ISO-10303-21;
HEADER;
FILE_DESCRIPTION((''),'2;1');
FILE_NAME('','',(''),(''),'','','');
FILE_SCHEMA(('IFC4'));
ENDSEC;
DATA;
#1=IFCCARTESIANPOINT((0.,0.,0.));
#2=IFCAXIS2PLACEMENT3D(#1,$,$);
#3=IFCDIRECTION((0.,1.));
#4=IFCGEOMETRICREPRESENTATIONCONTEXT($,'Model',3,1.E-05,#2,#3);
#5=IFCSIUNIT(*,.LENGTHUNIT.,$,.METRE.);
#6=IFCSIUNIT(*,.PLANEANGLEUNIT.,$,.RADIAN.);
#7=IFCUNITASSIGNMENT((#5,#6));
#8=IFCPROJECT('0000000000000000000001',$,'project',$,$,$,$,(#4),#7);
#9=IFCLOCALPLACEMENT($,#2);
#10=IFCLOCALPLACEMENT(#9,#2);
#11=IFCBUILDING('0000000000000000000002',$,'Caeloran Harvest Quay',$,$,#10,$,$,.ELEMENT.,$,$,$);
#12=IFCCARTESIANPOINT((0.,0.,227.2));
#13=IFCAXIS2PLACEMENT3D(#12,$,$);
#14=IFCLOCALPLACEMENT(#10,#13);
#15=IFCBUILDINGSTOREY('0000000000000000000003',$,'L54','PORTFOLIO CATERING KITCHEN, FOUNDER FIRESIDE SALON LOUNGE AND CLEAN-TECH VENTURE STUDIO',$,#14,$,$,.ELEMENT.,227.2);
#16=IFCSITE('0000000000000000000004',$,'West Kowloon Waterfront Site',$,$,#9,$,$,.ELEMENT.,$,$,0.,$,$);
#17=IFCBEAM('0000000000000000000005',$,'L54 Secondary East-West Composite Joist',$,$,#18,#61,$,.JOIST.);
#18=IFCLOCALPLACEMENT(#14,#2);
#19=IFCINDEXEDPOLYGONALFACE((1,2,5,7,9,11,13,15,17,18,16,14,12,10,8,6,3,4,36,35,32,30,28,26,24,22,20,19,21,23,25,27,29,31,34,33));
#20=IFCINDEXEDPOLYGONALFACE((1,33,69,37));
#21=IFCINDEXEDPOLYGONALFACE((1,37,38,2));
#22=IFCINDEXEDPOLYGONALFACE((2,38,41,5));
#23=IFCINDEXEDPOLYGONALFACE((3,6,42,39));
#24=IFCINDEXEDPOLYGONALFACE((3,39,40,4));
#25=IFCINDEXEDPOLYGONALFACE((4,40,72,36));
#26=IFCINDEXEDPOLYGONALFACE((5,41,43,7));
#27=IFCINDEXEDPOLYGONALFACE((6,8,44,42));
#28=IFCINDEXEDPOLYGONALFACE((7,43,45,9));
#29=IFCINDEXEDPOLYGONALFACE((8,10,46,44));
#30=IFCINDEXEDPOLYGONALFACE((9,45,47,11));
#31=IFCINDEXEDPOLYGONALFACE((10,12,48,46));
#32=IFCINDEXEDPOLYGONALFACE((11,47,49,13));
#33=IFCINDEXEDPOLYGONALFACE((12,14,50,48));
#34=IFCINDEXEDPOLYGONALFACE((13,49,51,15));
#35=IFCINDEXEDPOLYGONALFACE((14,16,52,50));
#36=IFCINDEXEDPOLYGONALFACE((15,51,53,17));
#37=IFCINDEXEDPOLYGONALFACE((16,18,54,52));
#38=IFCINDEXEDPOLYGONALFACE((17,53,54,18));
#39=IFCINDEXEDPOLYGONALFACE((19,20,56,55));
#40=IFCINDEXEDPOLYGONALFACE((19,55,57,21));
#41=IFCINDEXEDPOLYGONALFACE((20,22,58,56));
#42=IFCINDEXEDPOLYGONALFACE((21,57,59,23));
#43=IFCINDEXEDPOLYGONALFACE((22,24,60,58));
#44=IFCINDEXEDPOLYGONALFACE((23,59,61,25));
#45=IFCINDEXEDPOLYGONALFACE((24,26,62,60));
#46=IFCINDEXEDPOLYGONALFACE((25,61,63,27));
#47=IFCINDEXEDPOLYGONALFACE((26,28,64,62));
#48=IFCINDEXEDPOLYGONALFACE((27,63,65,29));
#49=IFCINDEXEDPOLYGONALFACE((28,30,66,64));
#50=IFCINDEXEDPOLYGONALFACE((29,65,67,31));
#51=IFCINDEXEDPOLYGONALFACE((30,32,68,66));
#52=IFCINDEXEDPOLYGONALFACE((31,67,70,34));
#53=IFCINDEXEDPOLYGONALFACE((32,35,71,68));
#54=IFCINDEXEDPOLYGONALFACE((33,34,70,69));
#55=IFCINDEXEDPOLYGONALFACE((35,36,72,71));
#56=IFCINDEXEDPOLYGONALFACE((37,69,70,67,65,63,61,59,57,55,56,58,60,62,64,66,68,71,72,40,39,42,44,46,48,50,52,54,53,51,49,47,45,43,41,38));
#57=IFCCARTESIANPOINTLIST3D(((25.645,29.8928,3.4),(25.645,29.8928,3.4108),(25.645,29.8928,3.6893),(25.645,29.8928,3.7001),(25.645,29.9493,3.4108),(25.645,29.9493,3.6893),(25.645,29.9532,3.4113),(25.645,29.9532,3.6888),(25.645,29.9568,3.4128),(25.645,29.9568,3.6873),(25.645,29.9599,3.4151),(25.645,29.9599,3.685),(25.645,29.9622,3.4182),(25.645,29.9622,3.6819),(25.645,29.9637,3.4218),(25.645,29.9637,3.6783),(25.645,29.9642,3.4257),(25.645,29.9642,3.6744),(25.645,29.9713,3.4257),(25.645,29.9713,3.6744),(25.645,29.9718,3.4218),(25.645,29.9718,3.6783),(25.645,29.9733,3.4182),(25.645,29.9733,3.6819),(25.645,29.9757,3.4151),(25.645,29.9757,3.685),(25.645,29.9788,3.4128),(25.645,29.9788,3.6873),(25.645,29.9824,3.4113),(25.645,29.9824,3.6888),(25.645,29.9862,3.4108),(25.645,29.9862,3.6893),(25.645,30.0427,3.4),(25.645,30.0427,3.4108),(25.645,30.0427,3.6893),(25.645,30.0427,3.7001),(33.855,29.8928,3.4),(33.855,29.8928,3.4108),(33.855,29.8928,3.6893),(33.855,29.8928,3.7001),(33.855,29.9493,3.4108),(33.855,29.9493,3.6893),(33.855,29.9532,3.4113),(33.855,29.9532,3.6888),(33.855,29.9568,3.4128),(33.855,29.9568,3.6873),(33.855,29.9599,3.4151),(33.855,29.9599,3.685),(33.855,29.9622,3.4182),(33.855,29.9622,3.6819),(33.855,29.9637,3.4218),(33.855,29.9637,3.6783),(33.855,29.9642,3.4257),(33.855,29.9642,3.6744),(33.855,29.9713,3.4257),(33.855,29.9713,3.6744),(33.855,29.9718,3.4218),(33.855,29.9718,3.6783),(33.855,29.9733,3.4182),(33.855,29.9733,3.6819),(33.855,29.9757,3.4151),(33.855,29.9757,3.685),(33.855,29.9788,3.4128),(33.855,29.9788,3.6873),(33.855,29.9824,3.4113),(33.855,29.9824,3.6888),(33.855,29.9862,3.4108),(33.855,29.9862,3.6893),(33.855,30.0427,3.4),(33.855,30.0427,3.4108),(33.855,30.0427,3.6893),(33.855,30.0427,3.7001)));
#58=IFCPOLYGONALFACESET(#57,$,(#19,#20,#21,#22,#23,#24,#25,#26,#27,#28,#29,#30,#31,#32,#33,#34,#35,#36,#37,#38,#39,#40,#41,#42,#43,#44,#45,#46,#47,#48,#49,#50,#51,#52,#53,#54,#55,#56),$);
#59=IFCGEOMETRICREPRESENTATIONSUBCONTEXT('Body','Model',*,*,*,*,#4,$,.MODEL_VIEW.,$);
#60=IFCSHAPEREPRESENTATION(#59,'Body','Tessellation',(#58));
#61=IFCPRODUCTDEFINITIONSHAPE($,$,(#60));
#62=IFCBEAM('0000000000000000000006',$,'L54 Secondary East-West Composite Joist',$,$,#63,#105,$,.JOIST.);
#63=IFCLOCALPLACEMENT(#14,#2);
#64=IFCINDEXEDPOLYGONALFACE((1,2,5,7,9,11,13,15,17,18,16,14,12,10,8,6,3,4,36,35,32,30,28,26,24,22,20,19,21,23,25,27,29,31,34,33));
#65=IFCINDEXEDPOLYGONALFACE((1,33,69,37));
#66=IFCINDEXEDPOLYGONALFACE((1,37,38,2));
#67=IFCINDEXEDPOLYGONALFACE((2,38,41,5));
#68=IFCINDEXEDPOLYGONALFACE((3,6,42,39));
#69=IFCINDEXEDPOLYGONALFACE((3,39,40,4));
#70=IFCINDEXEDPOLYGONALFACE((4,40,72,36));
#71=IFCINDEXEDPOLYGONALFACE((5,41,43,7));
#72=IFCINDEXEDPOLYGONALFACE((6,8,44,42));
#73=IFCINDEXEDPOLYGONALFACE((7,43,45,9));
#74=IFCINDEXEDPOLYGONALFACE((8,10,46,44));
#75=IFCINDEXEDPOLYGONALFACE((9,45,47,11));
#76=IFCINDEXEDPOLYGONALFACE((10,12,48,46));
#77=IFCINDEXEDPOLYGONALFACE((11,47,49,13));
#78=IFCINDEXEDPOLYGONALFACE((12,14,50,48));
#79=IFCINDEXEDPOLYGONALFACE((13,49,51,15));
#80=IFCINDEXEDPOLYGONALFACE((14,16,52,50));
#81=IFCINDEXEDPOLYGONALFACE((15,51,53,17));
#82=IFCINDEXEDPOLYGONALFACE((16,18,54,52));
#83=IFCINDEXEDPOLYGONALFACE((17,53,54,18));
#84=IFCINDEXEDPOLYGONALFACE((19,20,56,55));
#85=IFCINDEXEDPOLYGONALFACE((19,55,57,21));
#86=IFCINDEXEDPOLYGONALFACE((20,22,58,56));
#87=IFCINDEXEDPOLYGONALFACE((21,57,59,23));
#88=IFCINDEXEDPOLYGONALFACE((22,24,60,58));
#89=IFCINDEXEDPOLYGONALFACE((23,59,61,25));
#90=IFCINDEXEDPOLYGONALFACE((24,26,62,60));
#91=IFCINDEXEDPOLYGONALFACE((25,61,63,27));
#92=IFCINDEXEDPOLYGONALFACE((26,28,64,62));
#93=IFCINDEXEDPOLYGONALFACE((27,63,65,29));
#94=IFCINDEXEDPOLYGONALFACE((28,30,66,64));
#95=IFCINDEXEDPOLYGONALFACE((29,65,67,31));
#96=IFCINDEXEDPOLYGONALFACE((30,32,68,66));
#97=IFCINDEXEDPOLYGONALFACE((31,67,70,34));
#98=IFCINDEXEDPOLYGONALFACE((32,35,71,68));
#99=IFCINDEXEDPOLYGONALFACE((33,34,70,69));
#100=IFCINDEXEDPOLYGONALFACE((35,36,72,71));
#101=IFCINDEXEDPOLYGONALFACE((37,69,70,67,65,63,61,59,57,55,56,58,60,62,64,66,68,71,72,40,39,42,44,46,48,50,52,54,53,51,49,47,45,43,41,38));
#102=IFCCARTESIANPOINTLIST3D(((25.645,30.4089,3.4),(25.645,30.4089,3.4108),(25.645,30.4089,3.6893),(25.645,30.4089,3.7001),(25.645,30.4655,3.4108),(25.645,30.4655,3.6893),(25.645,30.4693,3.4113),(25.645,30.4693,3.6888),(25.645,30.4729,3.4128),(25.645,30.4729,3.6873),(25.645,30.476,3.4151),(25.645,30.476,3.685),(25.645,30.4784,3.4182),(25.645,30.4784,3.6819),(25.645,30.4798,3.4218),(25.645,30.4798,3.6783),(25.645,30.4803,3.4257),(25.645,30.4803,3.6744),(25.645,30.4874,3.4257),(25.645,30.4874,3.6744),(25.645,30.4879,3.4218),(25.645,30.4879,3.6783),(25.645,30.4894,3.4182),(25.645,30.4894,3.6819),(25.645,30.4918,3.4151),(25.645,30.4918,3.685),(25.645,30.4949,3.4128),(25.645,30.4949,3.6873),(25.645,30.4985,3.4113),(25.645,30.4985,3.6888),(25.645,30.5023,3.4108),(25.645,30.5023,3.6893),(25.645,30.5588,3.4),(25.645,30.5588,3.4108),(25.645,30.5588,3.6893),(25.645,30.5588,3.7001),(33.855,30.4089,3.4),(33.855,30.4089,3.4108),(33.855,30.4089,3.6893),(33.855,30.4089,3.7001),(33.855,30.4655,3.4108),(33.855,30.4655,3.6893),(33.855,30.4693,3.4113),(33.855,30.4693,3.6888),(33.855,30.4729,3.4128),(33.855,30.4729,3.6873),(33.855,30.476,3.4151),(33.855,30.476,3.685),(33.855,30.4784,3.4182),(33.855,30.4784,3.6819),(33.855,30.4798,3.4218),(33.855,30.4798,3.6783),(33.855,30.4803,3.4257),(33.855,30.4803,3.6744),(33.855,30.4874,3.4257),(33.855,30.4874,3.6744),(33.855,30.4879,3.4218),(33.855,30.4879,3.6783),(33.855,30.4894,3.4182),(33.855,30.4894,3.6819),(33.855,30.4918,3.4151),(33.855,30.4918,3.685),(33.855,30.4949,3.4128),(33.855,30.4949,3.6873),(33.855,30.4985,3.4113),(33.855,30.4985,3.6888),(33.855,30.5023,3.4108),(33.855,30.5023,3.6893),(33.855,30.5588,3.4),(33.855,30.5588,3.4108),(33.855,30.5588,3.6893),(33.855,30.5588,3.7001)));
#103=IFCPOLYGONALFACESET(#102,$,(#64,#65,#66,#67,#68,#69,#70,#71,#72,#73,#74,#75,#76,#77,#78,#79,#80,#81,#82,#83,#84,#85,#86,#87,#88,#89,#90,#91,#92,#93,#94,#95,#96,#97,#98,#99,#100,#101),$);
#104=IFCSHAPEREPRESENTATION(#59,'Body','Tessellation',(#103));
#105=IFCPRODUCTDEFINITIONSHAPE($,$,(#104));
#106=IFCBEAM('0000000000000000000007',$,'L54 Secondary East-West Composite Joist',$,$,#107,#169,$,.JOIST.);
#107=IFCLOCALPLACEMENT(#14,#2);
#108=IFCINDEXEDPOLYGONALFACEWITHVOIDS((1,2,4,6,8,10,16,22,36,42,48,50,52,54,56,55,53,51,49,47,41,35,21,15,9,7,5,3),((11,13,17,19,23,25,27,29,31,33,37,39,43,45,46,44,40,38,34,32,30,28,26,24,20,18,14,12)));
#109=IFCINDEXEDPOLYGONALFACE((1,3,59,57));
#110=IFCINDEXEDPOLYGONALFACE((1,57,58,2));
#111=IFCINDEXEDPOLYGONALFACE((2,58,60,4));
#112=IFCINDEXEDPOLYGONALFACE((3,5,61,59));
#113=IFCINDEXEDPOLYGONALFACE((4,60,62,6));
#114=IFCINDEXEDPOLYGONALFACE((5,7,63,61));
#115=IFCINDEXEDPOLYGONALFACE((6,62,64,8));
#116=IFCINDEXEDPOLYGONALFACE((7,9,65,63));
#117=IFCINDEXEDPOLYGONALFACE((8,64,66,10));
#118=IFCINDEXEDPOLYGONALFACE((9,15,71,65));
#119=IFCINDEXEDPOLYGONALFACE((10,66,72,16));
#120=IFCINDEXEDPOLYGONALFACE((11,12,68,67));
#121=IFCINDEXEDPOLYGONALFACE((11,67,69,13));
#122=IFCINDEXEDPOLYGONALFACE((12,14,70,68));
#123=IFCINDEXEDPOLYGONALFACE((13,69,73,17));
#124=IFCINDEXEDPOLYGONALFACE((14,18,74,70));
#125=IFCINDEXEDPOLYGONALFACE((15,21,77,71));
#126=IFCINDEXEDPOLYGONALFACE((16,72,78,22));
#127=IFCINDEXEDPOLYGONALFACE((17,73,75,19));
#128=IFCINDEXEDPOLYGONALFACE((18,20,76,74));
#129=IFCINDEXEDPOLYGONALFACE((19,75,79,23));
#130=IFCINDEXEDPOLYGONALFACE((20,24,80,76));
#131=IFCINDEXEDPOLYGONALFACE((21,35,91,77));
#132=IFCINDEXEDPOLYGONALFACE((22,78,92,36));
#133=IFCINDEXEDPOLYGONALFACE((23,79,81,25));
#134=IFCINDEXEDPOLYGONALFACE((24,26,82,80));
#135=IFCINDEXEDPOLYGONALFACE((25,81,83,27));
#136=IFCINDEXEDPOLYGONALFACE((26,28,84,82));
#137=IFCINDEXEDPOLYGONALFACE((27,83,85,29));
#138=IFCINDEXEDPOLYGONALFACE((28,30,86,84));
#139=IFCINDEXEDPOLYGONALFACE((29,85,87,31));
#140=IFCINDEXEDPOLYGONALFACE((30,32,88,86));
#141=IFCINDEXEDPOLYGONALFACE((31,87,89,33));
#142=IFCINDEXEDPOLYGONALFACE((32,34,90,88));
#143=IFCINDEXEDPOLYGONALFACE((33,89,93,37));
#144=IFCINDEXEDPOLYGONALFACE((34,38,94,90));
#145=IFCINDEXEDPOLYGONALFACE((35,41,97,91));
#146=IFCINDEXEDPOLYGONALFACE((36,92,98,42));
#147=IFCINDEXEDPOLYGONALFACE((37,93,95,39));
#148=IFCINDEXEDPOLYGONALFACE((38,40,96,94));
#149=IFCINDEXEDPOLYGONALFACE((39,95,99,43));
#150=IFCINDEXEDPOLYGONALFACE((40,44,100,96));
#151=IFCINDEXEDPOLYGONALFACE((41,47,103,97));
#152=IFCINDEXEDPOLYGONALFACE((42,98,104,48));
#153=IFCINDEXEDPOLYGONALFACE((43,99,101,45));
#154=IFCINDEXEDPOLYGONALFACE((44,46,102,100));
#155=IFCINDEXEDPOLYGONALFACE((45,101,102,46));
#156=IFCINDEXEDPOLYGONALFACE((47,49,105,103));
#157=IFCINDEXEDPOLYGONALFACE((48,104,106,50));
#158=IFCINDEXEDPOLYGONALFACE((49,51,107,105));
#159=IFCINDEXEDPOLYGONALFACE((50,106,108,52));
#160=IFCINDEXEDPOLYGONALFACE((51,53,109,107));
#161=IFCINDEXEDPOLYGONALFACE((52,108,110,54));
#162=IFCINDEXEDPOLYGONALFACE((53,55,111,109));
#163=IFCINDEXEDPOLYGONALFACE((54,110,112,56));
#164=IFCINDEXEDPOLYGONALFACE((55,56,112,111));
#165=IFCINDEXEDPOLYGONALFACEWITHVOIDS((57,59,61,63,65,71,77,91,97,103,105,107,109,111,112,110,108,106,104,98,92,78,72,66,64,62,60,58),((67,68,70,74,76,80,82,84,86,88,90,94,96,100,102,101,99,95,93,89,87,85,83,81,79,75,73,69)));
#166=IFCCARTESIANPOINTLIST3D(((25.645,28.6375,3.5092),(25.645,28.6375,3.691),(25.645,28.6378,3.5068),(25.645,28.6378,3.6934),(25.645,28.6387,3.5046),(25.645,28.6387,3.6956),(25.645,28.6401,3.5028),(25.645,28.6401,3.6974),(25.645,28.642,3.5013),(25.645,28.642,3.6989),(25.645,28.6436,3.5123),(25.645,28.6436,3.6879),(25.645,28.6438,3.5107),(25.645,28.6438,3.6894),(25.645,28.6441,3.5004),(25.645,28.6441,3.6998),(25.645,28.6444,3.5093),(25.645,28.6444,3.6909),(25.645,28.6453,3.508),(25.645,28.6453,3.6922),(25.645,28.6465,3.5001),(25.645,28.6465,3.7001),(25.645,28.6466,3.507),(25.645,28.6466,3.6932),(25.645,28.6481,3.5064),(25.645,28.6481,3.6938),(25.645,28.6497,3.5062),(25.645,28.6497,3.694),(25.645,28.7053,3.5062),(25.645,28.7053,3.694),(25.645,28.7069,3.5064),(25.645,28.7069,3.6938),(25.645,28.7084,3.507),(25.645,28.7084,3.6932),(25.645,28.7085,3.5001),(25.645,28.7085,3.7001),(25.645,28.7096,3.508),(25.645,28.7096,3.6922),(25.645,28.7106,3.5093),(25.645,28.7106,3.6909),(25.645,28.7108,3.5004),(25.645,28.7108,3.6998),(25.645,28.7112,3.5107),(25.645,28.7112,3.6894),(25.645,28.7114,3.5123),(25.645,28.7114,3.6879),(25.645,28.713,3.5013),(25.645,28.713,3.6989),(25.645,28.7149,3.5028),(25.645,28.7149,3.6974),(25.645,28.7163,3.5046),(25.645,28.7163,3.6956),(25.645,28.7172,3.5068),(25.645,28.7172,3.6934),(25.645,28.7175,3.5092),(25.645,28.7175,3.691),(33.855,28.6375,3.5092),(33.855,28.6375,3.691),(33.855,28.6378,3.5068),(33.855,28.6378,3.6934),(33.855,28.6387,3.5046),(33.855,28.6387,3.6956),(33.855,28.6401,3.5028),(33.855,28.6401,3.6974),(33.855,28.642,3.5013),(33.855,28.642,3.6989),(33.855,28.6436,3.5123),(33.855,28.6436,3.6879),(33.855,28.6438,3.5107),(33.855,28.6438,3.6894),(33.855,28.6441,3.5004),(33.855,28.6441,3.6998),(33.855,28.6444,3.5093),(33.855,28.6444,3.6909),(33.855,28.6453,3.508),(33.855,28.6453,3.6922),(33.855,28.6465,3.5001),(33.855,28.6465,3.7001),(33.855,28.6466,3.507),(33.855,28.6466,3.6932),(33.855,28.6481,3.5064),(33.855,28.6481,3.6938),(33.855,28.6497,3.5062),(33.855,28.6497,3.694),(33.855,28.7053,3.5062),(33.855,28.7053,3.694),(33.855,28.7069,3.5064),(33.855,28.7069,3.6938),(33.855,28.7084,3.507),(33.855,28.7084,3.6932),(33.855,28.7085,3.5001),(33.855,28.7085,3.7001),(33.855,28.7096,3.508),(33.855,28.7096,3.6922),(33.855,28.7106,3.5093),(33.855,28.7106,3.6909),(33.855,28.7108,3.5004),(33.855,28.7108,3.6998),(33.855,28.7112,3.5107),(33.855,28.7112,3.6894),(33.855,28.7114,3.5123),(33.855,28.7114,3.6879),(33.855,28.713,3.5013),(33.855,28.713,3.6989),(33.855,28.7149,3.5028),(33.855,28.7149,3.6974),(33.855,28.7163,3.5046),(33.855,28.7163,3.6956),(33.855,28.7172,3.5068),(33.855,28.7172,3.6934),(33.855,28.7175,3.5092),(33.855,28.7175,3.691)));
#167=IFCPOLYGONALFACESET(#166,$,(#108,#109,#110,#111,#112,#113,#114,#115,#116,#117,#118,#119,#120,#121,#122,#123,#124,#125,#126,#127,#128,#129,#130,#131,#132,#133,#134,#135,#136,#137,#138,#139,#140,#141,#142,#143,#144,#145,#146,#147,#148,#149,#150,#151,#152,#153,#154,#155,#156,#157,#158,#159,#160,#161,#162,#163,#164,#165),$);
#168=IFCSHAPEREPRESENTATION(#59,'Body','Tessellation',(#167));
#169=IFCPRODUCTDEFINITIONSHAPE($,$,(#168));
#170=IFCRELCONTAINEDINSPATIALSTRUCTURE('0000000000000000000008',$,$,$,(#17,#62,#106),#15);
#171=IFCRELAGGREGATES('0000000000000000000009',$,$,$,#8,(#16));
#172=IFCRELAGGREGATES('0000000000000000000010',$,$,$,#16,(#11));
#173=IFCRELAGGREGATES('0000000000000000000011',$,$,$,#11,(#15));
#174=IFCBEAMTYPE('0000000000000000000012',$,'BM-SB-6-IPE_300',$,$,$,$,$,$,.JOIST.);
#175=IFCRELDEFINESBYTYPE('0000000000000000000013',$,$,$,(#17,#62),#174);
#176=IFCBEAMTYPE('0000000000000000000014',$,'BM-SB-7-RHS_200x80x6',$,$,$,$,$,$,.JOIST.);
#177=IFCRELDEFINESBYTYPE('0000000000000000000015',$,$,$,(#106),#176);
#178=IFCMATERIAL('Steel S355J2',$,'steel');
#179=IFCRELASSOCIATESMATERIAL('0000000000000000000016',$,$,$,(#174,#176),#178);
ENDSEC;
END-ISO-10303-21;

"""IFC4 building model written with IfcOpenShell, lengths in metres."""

from ifc_helpers import new_model, si_unit, direction, frame, origin, origin_2d, place, context, subcontext, project, spatial, hollow_rectangle, i_section, extrude, material, material_profile, profile_set, type_object, element, save


model = new_model("IFC4")

# Units and contexts
model_context = context("Model", 3, precision=1e-05, world=origin(), true_north=direction((0.0, 1.0)))
body_context = subcontext(model_context, "Body", "Model", "MODEL_VIEW")
ifc_project = project(units=[si_unit("LENGTHUNIT", "METRE"), si_unit("PLANEANGLEUNIT", "RADIAN")], contexts=[model_context])

# Site, building, storey
site_placement = place(None, origin())
site = spatial("IfcSite", under=ifc_project, at=site_placement, Name="West Kowloon Waterfront Site", CompositionType="ELEMENT", RefElevation=0.0)
building_placement = place(site_placement, origin())
building = spatial("IfcBuilding", under=site, at=building_placement, Name="Caeloran Harvest Quay", CompositionType="ELEMENT")
storey_placement = place(building_placement, frame((0.0, 0.0, 227.2)))
storey = spatial("IfcBuildingStorey", under=building, at=storey_placement, Name="L54", Description="PORTFOLIO CATERING KITCHEN, FOUNDER FIRESIDE SALON LOUNGE AND CLEAN-TECH VENTURE STUDIO", CompositionType="ELEMENT", Elevation=227.2)

# Beams
ifc_material_1 = material(Name="Steel S355J2", Category="steel")
ifc_material_profile_1 = material_profile(ifc_material_1, i_section(OverallWidth=0.1499, OverallDepth=0.3, WebThickness=0.0071, FlangeThickness=0.0107, FilletRadius=0.0149, at=origin_2d()), Name="IPE 300")
ifc_profile_set_1 = profile_set([ifc_material_profile_1], Name="Steel S355J2")
beam_type_1 = type_object("IfcBeamType", Name="BM-SB-6-IPE_300", PredefinedType="JOIST", material=ifc_profile_set_1)
for number, where, z_axis, x_axis, name in (
    (1, (25.645, 29.9678, 3.55), (1.0, 0.0, 0.0), (0.0, 1.0, 0.0), "L54 Secondary East-West Composite Joist"),
    (2, (25.645, 30.4839, 3.55), (1.0, 0.0, 0.0), (0.0, 1.0, 0.0), "L54 Secondary East-West Composite Joist"),
):
    element("IfcBeam", number, at=place(storey_placement, frame(where, z_axis=z_axis, x_axis=x_axis)), inside=storey, type_object=beam_type_1, Name=name, PredefinedType="JOIST", context=body_context, shape_type="SweptSolid", body=[
        extrude(i_section(OverallWidth=0.1499, OverallDepth=0.3, WebThickness=0.0071, FlangeThickness=0.0107, FilletRadius=0.0149, at=origin_2d()), origin(), (0.0, 0.0, 1.0), 8.21),
    ])
ifc_material_profile_2 = material_profile(ifc_material_1, hollow_rectangle(XDim=0.0801, YDim=0.2, WallThickness=0.0061, InnerFilletRadius=0.0061, OuterFilletRadius=0.009, at=origin_2d()), Name="RHS 200x80x6")
ifc_profile_set_2 = profile_set([ifc_material_profile_2], Name="Steel S355J2")
beam_type_2 = type_object("IfcBeamType", Name="BM-SB-7-RHS_200x80x6", PredefinedType="JOIST", material=ifc_profile_set_2)
for number, where, z_axis, x_axis, name in (
    (3, (25.645, 28.6775, 3.6001), (1.0, 0.0, 0.0), (0.0, 1.0, 0.0), "L54 Secondary East-West Composite Joist"),
):
    element("IfcBeam", number, at=place(storey_placement, frame(where, z_axis=z_axis, x_axis=x_axis)), inside=storey, type_object=beam_type_2, Name=name, PredefinedType="JOIST", context=body_context, shape_type="SweptSolid", body=[
        extrude(hollow_rectangle(XDim=0.0801, YDim=0.2, WallThickness=0.0061, InnerFilletRadius=0.0061, OuterFilletRadius=0.009, at=origin_2d()), origin(), (0.0, 0.0, 1.0), 8.21),
    ])

save(model, "model.ifc")
